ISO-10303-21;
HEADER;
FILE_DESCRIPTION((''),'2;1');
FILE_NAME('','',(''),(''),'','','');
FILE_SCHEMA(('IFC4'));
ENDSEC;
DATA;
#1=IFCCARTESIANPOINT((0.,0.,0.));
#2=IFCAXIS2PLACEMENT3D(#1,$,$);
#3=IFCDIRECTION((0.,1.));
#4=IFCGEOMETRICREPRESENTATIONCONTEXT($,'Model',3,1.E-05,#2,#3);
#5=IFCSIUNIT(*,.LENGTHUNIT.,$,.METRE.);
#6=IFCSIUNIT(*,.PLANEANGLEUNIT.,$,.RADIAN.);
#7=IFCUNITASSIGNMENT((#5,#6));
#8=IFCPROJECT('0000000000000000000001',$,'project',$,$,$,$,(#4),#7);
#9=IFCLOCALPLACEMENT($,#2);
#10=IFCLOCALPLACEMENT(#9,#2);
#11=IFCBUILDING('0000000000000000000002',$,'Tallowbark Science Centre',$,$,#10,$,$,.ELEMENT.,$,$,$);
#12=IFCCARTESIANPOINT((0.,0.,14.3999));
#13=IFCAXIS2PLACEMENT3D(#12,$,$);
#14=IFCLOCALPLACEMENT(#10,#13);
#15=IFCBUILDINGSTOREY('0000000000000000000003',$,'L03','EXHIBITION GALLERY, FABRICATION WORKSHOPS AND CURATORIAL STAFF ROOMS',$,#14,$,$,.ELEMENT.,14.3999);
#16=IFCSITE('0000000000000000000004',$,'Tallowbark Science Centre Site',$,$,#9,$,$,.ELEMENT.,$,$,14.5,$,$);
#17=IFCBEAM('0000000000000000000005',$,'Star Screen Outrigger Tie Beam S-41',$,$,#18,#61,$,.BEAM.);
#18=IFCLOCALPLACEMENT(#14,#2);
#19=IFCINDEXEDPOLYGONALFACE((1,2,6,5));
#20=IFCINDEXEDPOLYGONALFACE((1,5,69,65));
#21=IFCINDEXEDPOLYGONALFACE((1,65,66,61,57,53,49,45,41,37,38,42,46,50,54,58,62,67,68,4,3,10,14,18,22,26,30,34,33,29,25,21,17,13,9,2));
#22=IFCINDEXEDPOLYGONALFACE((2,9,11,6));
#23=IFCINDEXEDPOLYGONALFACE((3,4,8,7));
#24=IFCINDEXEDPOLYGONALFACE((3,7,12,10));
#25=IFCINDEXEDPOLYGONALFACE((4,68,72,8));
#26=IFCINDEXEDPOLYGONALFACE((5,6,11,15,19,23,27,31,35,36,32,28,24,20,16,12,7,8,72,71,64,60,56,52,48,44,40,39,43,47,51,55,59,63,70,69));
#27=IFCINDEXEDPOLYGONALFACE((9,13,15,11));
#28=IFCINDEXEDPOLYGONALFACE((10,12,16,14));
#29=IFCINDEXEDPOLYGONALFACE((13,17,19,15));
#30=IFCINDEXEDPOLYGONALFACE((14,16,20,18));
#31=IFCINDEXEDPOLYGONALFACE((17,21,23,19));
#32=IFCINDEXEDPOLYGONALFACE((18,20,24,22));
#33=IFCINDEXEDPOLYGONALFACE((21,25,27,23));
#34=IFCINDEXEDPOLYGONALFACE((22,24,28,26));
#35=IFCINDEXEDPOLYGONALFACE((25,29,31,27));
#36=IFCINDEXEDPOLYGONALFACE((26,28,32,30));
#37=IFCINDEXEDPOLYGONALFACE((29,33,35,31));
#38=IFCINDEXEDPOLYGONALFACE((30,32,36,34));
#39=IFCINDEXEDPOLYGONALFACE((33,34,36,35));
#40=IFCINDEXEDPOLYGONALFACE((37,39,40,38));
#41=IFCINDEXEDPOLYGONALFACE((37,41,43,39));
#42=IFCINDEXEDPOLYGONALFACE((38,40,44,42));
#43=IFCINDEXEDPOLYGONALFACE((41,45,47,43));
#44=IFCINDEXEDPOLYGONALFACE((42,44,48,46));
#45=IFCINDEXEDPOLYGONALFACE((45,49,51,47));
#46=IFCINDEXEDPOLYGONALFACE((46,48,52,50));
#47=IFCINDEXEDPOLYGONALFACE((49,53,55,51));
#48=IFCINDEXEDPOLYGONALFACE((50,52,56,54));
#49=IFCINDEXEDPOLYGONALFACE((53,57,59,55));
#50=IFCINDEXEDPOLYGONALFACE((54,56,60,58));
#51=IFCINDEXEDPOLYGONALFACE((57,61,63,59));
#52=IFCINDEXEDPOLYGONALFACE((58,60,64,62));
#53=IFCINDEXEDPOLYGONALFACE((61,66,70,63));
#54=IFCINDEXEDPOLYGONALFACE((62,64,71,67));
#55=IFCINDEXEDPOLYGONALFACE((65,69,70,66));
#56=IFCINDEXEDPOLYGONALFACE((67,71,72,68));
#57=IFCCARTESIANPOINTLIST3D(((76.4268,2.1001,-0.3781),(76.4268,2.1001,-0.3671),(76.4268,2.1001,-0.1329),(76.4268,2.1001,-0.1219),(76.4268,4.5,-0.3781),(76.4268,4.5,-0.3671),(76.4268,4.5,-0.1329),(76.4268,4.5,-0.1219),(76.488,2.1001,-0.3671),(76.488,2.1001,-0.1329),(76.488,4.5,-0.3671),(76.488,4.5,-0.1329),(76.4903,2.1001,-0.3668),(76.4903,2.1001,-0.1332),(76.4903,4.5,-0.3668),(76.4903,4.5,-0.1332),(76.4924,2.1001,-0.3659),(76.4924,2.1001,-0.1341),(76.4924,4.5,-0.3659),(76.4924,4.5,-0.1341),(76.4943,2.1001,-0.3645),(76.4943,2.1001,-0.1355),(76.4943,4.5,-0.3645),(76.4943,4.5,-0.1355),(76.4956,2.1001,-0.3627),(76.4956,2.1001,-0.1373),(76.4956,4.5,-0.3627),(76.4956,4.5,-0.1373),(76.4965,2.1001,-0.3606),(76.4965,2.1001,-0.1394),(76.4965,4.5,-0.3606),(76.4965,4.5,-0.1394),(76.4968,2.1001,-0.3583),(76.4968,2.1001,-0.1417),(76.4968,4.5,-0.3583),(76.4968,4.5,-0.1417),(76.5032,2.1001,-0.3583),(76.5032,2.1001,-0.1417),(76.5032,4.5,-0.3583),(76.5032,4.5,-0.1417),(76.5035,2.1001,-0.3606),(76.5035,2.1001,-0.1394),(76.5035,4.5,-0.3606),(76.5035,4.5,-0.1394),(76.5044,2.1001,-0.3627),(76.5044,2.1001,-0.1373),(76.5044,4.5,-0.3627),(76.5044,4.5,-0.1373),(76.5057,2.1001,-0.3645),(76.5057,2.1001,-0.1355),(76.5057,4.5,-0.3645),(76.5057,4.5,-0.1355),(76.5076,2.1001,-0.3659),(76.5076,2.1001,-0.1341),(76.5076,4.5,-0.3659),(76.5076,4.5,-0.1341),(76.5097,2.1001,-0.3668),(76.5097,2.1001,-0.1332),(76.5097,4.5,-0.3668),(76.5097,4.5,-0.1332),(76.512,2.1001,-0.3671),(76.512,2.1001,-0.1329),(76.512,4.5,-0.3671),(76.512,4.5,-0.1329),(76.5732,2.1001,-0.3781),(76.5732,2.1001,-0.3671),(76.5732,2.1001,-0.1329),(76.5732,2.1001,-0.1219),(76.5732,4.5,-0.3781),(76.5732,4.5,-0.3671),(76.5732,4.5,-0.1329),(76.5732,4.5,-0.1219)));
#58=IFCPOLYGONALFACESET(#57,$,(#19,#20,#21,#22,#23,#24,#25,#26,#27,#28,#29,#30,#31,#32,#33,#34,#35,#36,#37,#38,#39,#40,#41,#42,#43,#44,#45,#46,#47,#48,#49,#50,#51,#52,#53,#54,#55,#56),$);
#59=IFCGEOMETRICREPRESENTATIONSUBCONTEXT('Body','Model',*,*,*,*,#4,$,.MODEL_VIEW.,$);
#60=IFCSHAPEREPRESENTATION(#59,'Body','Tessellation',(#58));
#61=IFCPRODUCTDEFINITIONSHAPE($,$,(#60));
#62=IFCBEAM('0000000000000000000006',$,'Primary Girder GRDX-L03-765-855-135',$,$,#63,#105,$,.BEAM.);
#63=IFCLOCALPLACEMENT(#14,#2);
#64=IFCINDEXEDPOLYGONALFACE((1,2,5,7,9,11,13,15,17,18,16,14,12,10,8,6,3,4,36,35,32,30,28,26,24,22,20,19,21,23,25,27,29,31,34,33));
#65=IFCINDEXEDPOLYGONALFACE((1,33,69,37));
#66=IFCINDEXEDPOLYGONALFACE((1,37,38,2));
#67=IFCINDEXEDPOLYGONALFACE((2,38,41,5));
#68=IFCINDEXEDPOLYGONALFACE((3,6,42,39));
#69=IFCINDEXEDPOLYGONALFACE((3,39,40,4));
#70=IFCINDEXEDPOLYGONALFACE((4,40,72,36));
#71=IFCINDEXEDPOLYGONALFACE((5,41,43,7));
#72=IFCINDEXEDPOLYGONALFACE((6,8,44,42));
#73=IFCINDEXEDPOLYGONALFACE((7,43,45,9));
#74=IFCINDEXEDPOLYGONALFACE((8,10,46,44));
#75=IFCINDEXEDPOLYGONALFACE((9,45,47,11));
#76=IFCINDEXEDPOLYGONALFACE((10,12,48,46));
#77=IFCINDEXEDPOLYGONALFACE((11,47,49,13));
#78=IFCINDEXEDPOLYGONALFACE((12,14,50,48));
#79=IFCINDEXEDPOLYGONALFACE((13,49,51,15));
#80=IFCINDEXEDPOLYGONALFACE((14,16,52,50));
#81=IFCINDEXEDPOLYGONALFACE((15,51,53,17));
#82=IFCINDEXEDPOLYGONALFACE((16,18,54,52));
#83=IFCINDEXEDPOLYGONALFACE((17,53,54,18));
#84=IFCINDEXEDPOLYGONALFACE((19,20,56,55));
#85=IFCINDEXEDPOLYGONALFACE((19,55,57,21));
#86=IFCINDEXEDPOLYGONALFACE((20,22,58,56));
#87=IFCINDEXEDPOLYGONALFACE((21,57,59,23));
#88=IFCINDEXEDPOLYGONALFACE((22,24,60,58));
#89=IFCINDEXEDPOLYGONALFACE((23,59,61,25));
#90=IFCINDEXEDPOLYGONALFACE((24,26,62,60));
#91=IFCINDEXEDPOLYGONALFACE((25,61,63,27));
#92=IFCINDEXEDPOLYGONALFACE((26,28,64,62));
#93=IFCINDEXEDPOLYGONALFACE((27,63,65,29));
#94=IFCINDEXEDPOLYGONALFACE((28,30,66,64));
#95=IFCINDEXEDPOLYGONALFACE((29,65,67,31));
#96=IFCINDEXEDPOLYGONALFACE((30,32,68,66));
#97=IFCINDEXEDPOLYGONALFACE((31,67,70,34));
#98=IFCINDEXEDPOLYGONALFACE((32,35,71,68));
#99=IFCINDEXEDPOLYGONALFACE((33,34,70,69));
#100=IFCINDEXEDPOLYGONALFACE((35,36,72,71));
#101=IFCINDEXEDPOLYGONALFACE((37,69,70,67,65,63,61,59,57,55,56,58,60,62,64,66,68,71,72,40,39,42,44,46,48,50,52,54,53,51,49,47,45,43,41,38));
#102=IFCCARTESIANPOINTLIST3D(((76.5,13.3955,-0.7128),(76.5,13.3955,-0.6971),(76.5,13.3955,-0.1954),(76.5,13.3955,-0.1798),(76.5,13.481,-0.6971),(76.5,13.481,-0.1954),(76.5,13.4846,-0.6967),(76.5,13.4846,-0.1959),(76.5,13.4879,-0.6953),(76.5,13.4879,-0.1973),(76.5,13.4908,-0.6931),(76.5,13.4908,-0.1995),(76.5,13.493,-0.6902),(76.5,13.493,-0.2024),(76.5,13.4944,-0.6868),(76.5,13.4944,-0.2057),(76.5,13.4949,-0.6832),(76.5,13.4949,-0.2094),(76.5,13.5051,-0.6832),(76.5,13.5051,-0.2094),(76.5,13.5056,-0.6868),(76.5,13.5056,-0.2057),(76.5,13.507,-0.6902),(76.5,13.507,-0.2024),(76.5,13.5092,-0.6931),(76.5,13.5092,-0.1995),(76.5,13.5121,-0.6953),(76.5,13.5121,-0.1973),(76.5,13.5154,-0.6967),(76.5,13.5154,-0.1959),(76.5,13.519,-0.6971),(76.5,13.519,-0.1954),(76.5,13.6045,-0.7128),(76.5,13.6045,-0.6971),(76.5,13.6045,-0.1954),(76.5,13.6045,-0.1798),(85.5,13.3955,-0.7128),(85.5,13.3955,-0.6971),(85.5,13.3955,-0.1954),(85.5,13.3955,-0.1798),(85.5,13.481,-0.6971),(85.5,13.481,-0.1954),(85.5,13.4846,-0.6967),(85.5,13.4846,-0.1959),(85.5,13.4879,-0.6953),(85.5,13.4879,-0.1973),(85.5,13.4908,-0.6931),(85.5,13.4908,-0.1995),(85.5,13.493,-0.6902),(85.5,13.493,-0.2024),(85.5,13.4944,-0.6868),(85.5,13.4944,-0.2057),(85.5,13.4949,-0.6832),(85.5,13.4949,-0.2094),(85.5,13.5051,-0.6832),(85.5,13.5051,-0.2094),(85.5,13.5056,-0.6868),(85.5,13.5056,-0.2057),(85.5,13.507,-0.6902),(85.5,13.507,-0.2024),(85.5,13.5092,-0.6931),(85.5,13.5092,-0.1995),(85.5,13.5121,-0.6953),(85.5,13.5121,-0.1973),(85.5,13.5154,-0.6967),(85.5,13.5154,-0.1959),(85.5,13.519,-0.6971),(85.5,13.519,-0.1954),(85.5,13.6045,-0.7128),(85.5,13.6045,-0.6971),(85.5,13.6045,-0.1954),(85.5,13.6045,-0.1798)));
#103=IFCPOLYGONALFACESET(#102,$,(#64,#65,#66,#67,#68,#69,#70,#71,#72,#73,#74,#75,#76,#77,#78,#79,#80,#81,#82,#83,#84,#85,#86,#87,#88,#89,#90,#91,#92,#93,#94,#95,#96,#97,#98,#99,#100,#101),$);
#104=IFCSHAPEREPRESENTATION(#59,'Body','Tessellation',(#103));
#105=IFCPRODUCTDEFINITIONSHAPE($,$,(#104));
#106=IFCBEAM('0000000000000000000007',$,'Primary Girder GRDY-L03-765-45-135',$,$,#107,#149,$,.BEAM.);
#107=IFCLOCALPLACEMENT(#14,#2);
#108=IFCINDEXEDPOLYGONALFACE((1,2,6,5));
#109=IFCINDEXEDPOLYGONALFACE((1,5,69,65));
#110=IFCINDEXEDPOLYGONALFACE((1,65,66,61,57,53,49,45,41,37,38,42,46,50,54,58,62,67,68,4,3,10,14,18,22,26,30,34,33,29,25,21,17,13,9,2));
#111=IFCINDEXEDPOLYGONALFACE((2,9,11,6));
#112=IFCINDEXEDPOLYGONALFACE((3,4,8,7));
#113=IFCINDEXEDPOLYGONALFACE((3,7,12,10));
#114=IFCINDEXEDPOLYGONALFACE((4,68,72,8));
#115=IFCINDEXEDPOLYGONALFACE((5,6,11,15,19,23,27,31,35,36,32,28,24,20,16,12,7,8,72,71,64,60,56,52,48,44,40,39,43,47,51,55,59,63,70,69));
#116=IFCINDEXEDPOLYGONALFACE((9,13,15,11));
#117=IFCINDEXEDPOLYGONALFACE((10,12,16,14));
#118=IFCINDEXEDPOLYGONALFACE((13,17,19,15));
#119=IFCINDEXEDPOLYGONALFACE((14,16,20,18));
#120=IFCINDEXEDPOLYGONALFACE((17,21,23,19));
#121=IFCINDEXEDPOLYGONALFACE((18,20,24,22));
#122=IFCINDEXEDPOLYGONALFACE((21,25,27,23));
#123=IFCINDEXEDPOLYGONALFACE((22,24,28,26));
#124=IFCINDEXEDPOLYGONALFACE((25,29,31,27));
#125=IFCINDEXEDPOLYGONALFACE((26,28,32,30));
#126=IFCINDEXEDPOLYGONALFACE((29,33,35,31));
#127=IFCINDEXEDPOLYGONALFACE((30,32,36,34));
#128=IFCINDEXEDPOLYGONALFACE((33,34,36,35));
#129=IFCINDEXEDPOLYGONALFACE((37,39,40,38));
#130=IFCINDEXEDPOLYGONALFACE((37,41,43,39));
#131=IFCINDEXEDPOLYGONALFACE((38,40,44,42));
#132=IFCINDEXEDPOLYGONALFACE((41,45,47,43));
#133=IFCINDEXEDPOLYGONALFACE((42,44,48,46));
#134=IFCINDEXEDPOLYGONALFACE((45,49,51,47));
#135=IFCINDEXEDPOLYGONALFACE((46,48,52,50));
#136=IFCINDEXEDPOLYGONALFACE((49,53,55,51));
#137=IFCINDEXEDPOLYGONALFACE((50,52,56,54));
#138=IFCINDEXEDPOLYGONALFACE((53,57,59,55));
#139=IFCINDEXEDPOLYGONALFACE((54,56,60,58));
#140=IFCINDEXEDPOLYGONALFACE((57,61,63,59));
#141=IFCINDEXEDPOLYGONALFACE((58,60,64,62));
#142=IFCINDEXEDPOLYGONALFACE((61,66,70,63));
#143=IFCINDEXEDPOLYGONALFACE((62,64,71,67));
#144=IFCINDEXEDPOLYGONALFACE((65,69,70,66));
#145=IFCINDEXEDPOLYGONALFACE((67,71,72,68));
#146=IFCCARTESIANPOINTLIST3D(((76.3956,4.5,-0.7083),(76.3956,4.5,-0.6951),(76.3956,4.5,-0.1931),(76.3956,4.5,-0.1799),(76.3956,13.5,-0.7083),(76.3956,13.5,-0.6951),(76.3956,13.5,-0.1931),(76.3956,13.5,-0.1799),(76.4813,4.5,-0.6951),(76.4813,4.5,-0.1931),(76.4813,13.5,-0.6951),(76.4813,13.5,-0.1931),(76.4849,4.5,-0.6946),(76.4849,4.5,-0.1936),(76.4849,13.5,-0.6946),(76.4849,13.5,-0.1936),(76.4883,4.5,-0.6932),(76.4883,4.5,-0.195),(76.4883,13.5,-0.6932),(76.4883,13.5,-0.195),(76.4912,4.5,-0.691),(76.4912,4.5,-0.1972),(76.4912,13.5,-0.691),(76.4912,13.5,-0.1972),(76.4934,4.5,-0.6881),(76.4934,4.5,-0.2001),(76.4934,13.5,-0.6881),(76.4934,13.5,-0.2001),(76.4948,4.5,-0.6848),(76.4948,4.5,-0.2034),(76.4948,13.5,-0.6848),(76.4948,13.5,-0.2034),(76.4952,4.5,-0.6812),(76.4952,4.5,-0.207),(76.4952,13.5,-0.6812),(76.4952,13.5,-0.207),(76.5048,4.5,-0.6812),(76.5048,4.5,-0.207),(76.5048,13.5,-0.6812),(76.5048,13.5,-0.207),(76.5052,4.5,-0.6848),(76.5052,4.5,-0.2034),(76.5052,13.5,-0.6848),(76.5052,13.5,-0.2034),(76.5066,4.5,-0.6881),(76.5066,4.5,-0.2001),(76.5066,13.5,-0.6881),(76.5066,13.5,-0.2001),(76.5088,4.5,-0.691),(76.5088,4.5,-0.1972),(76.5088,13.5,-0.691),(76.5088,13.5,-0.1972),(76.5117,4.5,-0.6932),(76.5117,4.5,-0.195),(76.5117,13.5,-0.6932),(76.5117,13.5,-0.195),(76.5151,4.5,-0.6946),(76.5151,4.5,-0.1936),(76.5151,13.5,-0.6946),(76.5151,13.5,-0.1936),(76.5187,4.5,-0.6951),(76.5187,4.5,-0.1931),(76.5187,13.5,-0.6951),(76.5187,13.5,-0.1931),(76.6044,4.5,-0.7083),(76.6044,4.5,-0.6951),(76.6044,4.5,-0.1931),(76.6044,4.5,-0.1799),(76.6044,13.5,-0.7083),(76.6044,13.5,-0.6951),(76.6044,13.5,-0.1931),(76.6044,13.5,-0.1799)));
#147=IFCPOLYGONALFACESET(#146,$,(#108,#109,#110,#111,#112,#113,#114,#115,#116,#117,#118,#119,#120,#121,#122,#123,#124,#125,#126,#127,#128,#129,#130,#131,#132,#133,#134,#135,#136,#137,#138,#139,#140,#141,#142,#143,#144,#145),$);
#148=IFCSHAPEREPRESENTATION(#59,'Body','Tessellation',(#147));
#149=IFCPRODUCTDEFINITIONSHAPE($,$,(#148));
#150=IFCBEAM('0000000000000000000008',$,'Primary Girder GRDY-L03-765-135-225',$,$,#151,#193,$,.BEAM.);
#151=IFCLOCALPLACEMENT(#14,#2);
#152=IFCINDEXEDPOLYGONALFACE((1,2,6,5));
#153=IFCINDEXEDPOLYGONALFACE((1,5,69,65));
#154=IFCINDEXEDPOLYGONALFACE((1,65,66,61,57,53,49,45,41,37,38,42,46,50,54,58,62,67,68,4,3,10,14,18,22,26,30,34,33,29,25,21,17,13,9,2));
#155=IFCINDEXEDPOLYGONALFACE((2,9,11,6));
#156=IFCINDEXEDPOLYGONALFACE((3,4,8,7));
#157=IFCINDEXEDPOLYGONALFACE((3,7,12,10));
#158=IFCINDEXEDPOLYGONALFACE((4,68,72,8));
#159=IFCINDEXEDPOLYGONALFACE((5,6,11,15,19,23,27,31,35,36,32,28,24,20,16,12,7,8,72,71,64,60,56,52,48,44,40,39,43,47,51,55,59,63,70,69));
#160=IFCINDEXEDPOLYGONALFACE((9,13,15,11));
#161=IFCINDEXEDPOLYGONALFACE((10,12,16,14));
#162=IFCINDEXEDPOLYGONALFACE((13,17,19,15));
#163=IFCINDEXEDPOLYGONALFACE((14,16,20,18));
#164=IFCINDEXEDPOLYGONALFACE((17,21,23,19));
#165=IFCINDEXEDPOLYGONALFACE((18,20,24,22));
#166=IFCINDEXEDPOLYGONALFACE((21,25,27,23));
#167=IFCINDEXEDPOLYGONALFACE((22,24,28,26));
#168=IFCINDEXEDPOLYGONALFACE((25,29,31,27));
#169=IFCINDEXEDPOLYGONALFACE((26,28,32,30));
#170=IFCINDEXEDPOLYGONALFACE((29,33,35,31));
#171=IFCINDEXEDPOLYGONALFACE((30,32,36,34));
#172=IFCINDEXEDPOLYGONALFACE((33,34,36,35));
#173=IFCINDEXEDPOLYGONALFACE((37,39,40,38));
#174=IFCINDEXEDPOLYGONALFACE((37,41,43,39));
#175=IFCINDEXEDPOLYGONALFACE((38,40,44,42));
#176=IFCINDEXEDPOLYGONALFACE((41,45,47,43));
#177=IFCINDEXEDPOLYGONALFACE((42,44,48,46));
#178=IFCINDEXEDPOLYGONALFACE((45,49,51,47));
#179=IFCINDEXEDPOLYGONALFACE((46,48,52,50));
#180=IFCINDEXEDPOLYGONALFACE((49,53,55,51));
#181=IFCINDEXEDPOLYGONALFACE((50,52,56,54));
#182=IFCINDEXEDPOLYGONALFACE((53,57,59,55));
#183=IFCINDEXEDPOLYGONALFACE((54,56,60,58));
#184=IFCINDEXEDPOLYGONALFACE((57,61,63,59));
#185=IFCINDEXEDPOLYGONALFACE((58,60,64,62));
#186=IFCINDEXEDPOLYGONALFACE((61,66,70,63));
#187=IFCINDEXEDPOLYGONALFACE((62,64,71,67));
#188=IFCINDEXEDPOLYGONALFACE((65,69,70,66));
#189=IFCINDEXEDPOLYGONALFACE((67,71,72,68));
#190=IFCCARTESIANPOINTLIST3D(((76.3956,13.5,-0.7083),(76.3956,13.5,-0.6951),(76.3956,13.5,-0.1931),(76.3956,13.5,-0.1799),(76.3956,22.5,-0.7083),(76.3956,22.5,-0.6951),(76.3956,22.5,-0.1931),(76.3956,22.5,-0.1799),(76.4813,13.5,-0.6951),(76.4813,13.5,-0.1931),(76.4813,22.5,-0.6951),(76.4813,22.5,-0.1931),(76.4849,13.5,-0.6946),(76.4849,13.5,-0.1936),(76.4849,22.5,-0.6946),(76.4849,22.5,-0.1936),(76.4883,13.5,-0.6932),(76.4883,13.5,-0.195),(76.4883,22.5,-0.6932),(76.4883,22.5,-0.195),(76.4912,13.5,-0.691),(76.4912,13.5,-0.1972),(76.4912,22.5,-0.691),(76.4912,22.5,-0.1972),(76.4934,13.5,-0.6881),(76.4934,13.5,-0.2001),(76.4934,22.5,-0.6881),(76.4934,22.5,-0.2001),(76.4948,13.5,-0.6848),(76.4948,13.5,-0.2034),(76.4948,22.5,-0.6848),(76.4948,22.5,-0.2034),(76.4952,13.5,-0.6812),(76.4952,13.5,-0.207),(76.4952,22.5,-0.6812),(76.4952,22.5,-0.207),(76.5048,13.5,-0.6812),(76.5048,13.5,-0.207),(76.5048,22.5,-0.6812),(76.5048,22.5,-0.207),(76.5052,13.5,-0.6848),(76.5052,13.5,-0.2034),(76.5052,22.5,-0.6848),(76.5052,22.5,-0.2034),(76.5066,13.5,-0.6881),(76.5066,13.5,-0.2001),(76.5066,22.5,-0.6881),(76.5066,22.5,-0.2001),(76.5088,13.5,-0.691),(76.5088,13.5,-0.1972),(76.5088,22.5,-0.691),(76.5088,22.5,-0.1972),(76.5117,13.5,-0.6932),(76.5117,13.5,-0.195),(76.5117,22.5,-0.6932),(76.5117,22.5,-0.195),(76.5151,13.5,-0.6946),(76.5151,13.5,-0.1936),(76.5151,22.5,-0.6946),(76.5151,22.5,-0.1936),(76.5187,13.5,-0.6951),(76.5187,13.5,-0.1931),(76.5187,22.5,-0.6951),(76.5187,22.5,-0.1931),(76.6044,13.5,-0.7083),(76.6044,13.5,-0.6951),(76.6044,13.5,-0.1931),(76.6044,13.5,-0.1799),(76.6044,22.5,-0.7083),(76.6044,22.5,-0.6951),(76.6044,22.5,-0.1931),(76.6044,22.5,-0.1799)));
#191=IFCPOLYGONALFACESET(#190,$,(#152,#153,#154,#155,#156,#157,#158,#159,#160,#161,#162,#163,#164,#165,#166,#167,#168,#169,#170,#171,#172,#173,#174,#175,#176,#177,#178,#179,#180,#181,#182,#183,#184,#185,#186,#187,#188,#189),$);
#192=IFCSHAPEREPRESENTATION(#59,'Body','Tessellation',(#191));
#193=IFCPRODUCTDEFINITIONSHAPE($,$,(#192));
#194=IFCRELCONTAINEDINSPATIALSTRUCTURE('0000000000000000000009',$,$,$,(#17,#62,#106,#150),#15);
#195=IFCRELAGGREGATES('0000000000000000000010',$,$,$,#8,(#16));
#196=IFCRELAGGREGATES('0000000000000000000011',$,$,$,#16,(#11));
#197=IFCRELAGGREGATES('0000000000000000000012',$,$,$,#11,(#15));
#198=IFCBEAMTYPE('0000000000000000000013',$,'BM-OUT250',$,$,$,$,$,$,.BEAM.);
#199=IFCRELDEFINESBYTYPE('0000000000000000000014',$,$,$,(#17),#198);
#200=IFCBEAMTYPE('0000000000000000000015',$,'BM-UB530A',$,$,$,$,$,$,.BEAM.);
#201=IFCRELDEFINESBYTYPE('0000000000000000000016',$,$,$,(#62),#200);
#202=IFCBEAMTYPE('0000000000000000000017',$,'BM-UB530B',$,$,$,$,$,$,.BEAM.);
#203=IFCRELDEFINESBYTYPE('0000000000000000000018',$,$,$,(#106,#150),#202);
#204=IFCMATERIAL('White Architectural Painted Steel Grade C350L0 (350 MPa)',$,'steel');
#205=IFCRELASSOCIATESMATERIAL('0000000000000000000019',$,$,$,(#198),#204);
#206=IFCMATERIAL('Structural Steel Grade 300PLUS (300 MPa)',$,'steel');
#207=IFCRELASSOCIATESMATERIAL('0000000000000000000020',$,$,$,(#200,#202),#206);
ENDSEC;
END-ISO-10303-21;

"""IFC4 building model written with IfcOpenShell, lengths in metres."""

from ifc_helpers import new_model, si_unit, direction, frame, origin, origin_2d, place, context, subcontext, project, spatial, i_section, extrude, material, material_profile, profile_set, type_object, element, save


model = new_model("IFC4")

# Units and contexts
model_context = context("Model", 3, precision=1e-05, world=origin(), true_north=direction((0.0, 1.0)))
body_context = subcontext(model_context, "Body", "Model", "MODEL_VIEW")
ifc_project = project(units=[si_unit("LENGTHUNIT", "METRE"), si_unit("PLANEANGLEUNIT", "RADIAN")], contexts=[model_context])

# Site, building, storey
site_placement = place(None, origin())
site = spatial("IfcSite", under=ifc_project, at=site_placement, Name="Tallowbark Science Centre Site", CompositionType="ELEMENT", RefElevation=14.5)
building_placement = place(site_placement, origin())
building = spatial("IfcBuilding", under=site, at=building_placement, Name="Tallowbark Science Centre", CompositionType="ELEMENT")
storey_placement = place(building_placement, frame((0.0, 0.0, 14.3999)))
storey = spatial("IfcBuildingStorey", under=building, at=storey_placement, Name="L03", Description="EXHIBITION GALLERY, FABRICATION WORKSHOPS AND CURATORIAL STAFF ROOMS", CompositionType="ELEMENT", Elevation=14.3999)

# Shared definitions
ifc_material_1 = material(Name="White Architectural Painted Steel Grade C350L0 (350 MPa)", Category="steel")
ifc_material_2 = material(Name="Structural Steel Grade 300PLUS (300 MPa)", Category="steel")

# Beams
ifc_material_profile_1 = material_profile(ifc_material_1, i_section(OverallWidth=0.1465, OverallDepth=0.2561, WebThickness=0.0063, FlangeThickness=0.011, FilletRadius=0.0088, at=origin_2d()), Name="250UB37.3")
ifc_profile_set_1 = profile_set([ifc_material_profile_1], Name="White Architectural Painted Steel Grade C350L0 (350 MPa)")
beam_type_1 = type_object("IfcBeamType", Name="BM-OUT250", PredefinedType="BEAM", material=ifc_profile_set_1)
beam_1_placement = place(storey_placement, frame((76.5, 4.5, -0.25), z_axis=(0.0, -1.0, 0.0), x_axis=(1.0, 0.0, 0.0)))
element("IfcBeam", 1, at=beam_1_placement, inside=storey, type_object=beam_type_1, Name="Star Screen Outrigger Tie Beam S-41", PredefinedType="BEAM", context=body_context, shape_type="SweptSolid", body=[
    extrude(i_section(OverallWidth=0.1465, OverallDepth=0.2561, WebThickness=0.0063, FlangeThickness=0.011, FilletRadius=0.0088, at=origin_2d()), origin(), (0.0, 0.0, 1.0), 2.3999),
])
ifc_material_profile_2 = material_profile(ifc_material_2, i_section(OverallWidth=0.209, OverallDepth=0.533, WebThickness=0.0103, FlangeThickness=0.0156, FilletRadius=0.0139, at=origin_2d()), Name="530UB92.4")
ifc_profile_set_2 = profile_set([ifc_material_profile_2], Name="Structural Steel Grade 300PLUS (300 MPa)")
beam_type_2 = type_object("IfcBeamType", Name="BM-UB530A", PredefinedType="BEAM", material=ifc_profile_set_2)
beam_2_placement = place(storey_placement, frame((76.5, 13.5, -0.4463), z_axis=(1.0, 0.0, 0.0), x_axis=(0.0, 1.0, 0.0)))
element("IfcBeam", 2, at=beam_2_placement, inside=storey, type_object=beam_type_2, Name="Primary Girder GRDX-L03-765-855-135", PredefinedType="BEAM", context=body_context, shape_type="SweptSolid", body=[
    extrude(i_section(OverallWidth=0.209, OverallDepth=0.533, WebThickness=0.0103, FlangeThickness=0.0156, FilletRadius=0.0139, at=origin_2d()), origin(), (0.0, 0.0, 1.0), 9.0),
])
ifc_material_profile_3 = material_profile(ifc_material_2, i_section(OverallWidth=0.2087, OverallDepth=0.5283, WebThickness=0.0095, FlangeThickness=0.0132, FilletRadius=0.0139, at=origin_2d()), Name="530UB82.0")
ifc_profile_set_3 = profile_set([ifc_material_profile_3], Name="Structural Steel Grade 300PLUS (300 MPa)")
beam_type_3 = type_object("IfcBeamType", Name="BM-UB530B", PredefinedType="BEAM", material=ifc_profile_set_3)
for number, where, z_axis, x_axis, name in (
    (3, (76.5, 4.5, -0.4441), (0.0, 1.0, 0.0), (-1.0, 0.0, 0.0), "Primary Girder GRDY-L03-765-45-135"),
    (4, (76.5, 13.5, -0.4441), (0.0, 1.0, 0.0), (-1.0, 0.0, 0.0), "Primary Girder GRDY-L03-765-135-225"),
):
    element("IfcBeam", number, at=place(storey_placement, frame(where, z_axis=z_axis, x_axis=x_axis)), inside=storey, type_object=beam_type_3, Name=name, PredefinedType="BEAM", context=body_context, shape_type="SweptSolid", body=[
        extrude(i_section(OverallWidth=0.2087, OverallDepth=0.5283, WebThickness=0.0095, FlangeThickness=0.0132, FilletRadius=0.0139, at=origin_2d()), origin(), (0.0, 0.0, 1.0), 9.0),
    ])

save(model, "model.ifc")
